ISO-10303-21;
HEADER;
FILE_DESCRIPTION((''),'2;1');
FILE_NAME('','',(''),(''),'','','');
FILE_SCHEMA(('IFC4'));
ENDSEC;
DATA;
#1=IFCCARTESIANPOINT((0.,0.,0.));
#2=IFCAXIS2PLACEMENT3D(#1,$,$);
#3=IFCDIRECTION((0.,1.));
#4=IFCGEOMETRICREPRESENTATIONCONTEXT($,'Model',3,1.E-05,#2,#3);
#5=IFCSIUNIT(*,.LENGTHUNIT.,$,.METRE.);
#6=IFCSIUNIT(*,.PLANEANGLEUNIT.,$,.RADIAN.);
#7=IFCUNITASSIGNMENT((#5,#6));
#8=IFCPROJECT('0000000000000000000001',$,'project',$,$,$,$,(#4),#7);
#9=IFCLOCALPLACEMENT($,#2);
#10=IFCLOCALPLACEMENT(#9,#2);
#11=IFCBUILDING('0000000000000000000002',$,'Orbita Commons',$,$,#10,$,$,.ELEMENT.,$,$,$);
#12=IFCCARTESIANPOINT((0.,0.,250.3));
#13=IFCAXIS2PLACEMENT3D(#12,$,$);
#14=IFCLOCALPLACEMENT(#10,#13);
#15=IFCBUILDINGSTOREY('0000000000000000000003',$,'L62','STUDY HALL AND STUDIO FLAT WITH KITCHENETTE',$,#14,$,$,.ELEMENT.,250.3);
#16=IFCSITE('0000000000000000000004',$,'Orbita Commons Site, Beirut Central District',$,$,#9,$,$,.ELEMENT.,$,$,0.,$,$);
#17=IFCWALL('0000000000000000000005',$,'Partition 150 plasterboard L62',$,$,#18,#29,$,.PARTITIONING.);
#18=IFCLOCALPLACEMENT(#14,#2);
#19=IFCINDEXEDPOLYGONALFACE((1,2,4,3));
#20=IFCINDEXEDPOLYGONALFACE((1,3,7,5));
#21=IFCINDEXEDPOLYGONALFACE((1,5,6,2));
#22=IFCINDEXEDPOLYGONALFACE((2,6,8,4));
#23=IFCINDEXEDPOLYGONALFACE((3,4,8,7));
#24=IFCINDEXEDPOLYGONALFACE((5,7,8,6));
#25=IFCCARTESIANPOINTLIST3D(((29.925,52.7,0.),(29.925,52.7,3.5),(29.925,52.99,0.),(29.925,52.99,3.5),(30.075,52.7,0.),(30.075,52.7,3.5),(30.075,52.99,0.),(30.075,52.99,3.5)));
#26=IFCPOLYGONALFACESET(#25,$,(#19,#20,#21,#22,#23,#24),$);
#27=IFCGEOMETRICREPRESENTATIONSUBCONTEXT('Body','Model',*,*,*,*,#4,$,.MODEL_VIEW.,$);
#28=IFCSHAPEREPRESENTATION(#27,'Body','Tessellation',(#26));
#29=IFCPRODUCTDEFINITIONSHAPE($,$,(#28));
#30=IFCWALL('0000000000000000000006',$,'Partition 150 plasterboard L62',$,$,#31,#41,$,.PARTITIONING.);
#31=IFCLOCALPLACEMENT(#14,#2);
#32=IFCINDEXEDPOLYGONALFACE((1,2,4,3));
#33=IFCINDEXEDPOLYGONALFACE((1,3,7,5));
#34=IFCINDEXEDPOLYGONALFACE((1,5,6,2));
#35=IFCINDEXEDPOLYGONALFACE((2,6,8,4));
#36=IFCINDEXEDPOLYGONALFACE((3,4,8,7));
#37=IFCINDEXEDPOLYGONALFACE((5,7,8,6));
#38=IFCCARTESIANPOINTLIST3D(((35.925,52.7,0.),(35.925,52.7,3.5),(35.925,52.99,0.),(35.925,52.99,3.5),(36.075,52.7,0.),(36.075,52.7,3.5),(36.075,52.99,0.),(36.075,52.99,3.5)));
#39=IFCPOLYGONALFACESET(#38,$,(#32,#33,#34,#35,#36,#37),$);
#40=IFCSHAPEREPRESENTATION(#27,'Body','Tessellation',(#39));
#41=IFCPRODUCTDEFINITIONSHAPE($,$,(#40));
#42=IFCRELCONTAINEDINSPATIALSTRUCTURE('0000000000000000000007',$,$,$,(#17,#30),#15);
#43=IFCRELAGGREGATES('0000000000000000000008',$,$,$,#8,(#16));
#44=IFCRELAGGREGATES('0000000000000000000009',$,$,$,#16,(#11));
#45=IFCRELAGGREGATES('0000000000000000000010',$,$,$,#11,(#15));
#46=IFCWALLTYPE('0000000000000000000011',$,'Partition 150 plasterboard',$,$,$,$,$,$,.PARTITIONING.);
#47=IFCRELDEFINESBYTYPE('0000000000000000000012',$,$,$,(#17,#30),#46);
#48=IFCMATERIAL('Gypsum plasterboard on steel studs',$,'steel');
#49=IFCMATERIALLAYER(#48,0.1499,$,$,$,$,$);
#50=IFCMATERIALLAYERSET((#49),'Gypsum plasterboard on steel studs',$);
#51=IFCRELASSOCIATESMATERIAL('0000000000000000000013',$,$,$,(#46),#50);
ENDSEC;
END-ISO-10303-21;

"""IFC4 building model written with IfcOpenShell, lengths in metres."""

from ifc_helpers import new_model, si_unit, direction, frame, frame_2d, origin, place, context, subcontext, project, spatial, rectangle, extrude, material, layer, layer_set, type_object, element, save


model = new_model("IFC4")

# Units and contexts
model_context = context("Model", 3, precision=1e-05, world=origin(), true_north=direction((0.0, 1.0)))
body_context = subcontext(model_context, "Body", "Model", "MODEL_VIEW")
ifc_project = project(units=[si_unit("LENGTHUNIT", "METRE"), si_unit("PLANEANGLEUNIT", "RADIAN")], contexts=[model_context])

# Site, building, storey
site_placement = place(None, origin())
site = spatial("IfcSite", under=ifc_project, at=site_placement, Name="Orbita Commons Site, Beirut Central District", CompositionType="ELEMENT", RefElevation=0.0)
building_placement = place(site_placement, origin())
building = spatial("IfcBuilding", under=site, at=building_placement, Name="Orbita Commons", CompositionType="ELEMENT")
storey_placement = place(building_placement, frame((0.0, 0.0, 250.3)))
storey = spatial("IfcBuildingStorey", under=building, at=storey_placement, Name="L62", Description="STUDY HALL AND STUDIO FLAT WITH KITCHENETTE", CompositionType="ELEMENT", Elevation=250.3)

# Walls
ifc_material_1 = material(Name="Gypsum plasterboard on steel studs", Category="steel")
ifc_layer_1 = layer(ifc_material_1, 0.1499)
ifc_layer_set_1 = layer_set([ifc_layer_1], Name="Gypsum plasterboard on steel studs")
wall_type_1 = type_object("IfcWallType", Name="Partition 150 plasterboard", PredefinedType="PARTITIONING", material=ifc_layer_set_1)
for number, where, z_axis, x_axis, name in (
    (1, (30.0, 52.7, 0.0), (0.0, 0.0, 1.0), (0.0, 1.0, 0.0), "Partition 150 plasterboard L62"),
    (2, (36.0, 52.7, 0.0), (0.0, 0.0, 1.0), (0.0, 1.0, 0.0), "Partition 150 plasterboard L62"),
):
    element("IfcWall", number, at=place(storey_placement, frame(where, z_axis=z_axis, x_axis=x_axis)), inside=storey, type_object=wall_type_1, Name=name, PredefinedType="PARTITIONING", context=body_context, shape_type="SweptSolid", body=[
        extrude(rectangle(XDim=0.29, YDim=0.1499, at=frame_2d((0.145, 0.0))), origin(), (0.0, 0.0, 1.0), 3.5),
    ])

save(model, "model.ifc")
